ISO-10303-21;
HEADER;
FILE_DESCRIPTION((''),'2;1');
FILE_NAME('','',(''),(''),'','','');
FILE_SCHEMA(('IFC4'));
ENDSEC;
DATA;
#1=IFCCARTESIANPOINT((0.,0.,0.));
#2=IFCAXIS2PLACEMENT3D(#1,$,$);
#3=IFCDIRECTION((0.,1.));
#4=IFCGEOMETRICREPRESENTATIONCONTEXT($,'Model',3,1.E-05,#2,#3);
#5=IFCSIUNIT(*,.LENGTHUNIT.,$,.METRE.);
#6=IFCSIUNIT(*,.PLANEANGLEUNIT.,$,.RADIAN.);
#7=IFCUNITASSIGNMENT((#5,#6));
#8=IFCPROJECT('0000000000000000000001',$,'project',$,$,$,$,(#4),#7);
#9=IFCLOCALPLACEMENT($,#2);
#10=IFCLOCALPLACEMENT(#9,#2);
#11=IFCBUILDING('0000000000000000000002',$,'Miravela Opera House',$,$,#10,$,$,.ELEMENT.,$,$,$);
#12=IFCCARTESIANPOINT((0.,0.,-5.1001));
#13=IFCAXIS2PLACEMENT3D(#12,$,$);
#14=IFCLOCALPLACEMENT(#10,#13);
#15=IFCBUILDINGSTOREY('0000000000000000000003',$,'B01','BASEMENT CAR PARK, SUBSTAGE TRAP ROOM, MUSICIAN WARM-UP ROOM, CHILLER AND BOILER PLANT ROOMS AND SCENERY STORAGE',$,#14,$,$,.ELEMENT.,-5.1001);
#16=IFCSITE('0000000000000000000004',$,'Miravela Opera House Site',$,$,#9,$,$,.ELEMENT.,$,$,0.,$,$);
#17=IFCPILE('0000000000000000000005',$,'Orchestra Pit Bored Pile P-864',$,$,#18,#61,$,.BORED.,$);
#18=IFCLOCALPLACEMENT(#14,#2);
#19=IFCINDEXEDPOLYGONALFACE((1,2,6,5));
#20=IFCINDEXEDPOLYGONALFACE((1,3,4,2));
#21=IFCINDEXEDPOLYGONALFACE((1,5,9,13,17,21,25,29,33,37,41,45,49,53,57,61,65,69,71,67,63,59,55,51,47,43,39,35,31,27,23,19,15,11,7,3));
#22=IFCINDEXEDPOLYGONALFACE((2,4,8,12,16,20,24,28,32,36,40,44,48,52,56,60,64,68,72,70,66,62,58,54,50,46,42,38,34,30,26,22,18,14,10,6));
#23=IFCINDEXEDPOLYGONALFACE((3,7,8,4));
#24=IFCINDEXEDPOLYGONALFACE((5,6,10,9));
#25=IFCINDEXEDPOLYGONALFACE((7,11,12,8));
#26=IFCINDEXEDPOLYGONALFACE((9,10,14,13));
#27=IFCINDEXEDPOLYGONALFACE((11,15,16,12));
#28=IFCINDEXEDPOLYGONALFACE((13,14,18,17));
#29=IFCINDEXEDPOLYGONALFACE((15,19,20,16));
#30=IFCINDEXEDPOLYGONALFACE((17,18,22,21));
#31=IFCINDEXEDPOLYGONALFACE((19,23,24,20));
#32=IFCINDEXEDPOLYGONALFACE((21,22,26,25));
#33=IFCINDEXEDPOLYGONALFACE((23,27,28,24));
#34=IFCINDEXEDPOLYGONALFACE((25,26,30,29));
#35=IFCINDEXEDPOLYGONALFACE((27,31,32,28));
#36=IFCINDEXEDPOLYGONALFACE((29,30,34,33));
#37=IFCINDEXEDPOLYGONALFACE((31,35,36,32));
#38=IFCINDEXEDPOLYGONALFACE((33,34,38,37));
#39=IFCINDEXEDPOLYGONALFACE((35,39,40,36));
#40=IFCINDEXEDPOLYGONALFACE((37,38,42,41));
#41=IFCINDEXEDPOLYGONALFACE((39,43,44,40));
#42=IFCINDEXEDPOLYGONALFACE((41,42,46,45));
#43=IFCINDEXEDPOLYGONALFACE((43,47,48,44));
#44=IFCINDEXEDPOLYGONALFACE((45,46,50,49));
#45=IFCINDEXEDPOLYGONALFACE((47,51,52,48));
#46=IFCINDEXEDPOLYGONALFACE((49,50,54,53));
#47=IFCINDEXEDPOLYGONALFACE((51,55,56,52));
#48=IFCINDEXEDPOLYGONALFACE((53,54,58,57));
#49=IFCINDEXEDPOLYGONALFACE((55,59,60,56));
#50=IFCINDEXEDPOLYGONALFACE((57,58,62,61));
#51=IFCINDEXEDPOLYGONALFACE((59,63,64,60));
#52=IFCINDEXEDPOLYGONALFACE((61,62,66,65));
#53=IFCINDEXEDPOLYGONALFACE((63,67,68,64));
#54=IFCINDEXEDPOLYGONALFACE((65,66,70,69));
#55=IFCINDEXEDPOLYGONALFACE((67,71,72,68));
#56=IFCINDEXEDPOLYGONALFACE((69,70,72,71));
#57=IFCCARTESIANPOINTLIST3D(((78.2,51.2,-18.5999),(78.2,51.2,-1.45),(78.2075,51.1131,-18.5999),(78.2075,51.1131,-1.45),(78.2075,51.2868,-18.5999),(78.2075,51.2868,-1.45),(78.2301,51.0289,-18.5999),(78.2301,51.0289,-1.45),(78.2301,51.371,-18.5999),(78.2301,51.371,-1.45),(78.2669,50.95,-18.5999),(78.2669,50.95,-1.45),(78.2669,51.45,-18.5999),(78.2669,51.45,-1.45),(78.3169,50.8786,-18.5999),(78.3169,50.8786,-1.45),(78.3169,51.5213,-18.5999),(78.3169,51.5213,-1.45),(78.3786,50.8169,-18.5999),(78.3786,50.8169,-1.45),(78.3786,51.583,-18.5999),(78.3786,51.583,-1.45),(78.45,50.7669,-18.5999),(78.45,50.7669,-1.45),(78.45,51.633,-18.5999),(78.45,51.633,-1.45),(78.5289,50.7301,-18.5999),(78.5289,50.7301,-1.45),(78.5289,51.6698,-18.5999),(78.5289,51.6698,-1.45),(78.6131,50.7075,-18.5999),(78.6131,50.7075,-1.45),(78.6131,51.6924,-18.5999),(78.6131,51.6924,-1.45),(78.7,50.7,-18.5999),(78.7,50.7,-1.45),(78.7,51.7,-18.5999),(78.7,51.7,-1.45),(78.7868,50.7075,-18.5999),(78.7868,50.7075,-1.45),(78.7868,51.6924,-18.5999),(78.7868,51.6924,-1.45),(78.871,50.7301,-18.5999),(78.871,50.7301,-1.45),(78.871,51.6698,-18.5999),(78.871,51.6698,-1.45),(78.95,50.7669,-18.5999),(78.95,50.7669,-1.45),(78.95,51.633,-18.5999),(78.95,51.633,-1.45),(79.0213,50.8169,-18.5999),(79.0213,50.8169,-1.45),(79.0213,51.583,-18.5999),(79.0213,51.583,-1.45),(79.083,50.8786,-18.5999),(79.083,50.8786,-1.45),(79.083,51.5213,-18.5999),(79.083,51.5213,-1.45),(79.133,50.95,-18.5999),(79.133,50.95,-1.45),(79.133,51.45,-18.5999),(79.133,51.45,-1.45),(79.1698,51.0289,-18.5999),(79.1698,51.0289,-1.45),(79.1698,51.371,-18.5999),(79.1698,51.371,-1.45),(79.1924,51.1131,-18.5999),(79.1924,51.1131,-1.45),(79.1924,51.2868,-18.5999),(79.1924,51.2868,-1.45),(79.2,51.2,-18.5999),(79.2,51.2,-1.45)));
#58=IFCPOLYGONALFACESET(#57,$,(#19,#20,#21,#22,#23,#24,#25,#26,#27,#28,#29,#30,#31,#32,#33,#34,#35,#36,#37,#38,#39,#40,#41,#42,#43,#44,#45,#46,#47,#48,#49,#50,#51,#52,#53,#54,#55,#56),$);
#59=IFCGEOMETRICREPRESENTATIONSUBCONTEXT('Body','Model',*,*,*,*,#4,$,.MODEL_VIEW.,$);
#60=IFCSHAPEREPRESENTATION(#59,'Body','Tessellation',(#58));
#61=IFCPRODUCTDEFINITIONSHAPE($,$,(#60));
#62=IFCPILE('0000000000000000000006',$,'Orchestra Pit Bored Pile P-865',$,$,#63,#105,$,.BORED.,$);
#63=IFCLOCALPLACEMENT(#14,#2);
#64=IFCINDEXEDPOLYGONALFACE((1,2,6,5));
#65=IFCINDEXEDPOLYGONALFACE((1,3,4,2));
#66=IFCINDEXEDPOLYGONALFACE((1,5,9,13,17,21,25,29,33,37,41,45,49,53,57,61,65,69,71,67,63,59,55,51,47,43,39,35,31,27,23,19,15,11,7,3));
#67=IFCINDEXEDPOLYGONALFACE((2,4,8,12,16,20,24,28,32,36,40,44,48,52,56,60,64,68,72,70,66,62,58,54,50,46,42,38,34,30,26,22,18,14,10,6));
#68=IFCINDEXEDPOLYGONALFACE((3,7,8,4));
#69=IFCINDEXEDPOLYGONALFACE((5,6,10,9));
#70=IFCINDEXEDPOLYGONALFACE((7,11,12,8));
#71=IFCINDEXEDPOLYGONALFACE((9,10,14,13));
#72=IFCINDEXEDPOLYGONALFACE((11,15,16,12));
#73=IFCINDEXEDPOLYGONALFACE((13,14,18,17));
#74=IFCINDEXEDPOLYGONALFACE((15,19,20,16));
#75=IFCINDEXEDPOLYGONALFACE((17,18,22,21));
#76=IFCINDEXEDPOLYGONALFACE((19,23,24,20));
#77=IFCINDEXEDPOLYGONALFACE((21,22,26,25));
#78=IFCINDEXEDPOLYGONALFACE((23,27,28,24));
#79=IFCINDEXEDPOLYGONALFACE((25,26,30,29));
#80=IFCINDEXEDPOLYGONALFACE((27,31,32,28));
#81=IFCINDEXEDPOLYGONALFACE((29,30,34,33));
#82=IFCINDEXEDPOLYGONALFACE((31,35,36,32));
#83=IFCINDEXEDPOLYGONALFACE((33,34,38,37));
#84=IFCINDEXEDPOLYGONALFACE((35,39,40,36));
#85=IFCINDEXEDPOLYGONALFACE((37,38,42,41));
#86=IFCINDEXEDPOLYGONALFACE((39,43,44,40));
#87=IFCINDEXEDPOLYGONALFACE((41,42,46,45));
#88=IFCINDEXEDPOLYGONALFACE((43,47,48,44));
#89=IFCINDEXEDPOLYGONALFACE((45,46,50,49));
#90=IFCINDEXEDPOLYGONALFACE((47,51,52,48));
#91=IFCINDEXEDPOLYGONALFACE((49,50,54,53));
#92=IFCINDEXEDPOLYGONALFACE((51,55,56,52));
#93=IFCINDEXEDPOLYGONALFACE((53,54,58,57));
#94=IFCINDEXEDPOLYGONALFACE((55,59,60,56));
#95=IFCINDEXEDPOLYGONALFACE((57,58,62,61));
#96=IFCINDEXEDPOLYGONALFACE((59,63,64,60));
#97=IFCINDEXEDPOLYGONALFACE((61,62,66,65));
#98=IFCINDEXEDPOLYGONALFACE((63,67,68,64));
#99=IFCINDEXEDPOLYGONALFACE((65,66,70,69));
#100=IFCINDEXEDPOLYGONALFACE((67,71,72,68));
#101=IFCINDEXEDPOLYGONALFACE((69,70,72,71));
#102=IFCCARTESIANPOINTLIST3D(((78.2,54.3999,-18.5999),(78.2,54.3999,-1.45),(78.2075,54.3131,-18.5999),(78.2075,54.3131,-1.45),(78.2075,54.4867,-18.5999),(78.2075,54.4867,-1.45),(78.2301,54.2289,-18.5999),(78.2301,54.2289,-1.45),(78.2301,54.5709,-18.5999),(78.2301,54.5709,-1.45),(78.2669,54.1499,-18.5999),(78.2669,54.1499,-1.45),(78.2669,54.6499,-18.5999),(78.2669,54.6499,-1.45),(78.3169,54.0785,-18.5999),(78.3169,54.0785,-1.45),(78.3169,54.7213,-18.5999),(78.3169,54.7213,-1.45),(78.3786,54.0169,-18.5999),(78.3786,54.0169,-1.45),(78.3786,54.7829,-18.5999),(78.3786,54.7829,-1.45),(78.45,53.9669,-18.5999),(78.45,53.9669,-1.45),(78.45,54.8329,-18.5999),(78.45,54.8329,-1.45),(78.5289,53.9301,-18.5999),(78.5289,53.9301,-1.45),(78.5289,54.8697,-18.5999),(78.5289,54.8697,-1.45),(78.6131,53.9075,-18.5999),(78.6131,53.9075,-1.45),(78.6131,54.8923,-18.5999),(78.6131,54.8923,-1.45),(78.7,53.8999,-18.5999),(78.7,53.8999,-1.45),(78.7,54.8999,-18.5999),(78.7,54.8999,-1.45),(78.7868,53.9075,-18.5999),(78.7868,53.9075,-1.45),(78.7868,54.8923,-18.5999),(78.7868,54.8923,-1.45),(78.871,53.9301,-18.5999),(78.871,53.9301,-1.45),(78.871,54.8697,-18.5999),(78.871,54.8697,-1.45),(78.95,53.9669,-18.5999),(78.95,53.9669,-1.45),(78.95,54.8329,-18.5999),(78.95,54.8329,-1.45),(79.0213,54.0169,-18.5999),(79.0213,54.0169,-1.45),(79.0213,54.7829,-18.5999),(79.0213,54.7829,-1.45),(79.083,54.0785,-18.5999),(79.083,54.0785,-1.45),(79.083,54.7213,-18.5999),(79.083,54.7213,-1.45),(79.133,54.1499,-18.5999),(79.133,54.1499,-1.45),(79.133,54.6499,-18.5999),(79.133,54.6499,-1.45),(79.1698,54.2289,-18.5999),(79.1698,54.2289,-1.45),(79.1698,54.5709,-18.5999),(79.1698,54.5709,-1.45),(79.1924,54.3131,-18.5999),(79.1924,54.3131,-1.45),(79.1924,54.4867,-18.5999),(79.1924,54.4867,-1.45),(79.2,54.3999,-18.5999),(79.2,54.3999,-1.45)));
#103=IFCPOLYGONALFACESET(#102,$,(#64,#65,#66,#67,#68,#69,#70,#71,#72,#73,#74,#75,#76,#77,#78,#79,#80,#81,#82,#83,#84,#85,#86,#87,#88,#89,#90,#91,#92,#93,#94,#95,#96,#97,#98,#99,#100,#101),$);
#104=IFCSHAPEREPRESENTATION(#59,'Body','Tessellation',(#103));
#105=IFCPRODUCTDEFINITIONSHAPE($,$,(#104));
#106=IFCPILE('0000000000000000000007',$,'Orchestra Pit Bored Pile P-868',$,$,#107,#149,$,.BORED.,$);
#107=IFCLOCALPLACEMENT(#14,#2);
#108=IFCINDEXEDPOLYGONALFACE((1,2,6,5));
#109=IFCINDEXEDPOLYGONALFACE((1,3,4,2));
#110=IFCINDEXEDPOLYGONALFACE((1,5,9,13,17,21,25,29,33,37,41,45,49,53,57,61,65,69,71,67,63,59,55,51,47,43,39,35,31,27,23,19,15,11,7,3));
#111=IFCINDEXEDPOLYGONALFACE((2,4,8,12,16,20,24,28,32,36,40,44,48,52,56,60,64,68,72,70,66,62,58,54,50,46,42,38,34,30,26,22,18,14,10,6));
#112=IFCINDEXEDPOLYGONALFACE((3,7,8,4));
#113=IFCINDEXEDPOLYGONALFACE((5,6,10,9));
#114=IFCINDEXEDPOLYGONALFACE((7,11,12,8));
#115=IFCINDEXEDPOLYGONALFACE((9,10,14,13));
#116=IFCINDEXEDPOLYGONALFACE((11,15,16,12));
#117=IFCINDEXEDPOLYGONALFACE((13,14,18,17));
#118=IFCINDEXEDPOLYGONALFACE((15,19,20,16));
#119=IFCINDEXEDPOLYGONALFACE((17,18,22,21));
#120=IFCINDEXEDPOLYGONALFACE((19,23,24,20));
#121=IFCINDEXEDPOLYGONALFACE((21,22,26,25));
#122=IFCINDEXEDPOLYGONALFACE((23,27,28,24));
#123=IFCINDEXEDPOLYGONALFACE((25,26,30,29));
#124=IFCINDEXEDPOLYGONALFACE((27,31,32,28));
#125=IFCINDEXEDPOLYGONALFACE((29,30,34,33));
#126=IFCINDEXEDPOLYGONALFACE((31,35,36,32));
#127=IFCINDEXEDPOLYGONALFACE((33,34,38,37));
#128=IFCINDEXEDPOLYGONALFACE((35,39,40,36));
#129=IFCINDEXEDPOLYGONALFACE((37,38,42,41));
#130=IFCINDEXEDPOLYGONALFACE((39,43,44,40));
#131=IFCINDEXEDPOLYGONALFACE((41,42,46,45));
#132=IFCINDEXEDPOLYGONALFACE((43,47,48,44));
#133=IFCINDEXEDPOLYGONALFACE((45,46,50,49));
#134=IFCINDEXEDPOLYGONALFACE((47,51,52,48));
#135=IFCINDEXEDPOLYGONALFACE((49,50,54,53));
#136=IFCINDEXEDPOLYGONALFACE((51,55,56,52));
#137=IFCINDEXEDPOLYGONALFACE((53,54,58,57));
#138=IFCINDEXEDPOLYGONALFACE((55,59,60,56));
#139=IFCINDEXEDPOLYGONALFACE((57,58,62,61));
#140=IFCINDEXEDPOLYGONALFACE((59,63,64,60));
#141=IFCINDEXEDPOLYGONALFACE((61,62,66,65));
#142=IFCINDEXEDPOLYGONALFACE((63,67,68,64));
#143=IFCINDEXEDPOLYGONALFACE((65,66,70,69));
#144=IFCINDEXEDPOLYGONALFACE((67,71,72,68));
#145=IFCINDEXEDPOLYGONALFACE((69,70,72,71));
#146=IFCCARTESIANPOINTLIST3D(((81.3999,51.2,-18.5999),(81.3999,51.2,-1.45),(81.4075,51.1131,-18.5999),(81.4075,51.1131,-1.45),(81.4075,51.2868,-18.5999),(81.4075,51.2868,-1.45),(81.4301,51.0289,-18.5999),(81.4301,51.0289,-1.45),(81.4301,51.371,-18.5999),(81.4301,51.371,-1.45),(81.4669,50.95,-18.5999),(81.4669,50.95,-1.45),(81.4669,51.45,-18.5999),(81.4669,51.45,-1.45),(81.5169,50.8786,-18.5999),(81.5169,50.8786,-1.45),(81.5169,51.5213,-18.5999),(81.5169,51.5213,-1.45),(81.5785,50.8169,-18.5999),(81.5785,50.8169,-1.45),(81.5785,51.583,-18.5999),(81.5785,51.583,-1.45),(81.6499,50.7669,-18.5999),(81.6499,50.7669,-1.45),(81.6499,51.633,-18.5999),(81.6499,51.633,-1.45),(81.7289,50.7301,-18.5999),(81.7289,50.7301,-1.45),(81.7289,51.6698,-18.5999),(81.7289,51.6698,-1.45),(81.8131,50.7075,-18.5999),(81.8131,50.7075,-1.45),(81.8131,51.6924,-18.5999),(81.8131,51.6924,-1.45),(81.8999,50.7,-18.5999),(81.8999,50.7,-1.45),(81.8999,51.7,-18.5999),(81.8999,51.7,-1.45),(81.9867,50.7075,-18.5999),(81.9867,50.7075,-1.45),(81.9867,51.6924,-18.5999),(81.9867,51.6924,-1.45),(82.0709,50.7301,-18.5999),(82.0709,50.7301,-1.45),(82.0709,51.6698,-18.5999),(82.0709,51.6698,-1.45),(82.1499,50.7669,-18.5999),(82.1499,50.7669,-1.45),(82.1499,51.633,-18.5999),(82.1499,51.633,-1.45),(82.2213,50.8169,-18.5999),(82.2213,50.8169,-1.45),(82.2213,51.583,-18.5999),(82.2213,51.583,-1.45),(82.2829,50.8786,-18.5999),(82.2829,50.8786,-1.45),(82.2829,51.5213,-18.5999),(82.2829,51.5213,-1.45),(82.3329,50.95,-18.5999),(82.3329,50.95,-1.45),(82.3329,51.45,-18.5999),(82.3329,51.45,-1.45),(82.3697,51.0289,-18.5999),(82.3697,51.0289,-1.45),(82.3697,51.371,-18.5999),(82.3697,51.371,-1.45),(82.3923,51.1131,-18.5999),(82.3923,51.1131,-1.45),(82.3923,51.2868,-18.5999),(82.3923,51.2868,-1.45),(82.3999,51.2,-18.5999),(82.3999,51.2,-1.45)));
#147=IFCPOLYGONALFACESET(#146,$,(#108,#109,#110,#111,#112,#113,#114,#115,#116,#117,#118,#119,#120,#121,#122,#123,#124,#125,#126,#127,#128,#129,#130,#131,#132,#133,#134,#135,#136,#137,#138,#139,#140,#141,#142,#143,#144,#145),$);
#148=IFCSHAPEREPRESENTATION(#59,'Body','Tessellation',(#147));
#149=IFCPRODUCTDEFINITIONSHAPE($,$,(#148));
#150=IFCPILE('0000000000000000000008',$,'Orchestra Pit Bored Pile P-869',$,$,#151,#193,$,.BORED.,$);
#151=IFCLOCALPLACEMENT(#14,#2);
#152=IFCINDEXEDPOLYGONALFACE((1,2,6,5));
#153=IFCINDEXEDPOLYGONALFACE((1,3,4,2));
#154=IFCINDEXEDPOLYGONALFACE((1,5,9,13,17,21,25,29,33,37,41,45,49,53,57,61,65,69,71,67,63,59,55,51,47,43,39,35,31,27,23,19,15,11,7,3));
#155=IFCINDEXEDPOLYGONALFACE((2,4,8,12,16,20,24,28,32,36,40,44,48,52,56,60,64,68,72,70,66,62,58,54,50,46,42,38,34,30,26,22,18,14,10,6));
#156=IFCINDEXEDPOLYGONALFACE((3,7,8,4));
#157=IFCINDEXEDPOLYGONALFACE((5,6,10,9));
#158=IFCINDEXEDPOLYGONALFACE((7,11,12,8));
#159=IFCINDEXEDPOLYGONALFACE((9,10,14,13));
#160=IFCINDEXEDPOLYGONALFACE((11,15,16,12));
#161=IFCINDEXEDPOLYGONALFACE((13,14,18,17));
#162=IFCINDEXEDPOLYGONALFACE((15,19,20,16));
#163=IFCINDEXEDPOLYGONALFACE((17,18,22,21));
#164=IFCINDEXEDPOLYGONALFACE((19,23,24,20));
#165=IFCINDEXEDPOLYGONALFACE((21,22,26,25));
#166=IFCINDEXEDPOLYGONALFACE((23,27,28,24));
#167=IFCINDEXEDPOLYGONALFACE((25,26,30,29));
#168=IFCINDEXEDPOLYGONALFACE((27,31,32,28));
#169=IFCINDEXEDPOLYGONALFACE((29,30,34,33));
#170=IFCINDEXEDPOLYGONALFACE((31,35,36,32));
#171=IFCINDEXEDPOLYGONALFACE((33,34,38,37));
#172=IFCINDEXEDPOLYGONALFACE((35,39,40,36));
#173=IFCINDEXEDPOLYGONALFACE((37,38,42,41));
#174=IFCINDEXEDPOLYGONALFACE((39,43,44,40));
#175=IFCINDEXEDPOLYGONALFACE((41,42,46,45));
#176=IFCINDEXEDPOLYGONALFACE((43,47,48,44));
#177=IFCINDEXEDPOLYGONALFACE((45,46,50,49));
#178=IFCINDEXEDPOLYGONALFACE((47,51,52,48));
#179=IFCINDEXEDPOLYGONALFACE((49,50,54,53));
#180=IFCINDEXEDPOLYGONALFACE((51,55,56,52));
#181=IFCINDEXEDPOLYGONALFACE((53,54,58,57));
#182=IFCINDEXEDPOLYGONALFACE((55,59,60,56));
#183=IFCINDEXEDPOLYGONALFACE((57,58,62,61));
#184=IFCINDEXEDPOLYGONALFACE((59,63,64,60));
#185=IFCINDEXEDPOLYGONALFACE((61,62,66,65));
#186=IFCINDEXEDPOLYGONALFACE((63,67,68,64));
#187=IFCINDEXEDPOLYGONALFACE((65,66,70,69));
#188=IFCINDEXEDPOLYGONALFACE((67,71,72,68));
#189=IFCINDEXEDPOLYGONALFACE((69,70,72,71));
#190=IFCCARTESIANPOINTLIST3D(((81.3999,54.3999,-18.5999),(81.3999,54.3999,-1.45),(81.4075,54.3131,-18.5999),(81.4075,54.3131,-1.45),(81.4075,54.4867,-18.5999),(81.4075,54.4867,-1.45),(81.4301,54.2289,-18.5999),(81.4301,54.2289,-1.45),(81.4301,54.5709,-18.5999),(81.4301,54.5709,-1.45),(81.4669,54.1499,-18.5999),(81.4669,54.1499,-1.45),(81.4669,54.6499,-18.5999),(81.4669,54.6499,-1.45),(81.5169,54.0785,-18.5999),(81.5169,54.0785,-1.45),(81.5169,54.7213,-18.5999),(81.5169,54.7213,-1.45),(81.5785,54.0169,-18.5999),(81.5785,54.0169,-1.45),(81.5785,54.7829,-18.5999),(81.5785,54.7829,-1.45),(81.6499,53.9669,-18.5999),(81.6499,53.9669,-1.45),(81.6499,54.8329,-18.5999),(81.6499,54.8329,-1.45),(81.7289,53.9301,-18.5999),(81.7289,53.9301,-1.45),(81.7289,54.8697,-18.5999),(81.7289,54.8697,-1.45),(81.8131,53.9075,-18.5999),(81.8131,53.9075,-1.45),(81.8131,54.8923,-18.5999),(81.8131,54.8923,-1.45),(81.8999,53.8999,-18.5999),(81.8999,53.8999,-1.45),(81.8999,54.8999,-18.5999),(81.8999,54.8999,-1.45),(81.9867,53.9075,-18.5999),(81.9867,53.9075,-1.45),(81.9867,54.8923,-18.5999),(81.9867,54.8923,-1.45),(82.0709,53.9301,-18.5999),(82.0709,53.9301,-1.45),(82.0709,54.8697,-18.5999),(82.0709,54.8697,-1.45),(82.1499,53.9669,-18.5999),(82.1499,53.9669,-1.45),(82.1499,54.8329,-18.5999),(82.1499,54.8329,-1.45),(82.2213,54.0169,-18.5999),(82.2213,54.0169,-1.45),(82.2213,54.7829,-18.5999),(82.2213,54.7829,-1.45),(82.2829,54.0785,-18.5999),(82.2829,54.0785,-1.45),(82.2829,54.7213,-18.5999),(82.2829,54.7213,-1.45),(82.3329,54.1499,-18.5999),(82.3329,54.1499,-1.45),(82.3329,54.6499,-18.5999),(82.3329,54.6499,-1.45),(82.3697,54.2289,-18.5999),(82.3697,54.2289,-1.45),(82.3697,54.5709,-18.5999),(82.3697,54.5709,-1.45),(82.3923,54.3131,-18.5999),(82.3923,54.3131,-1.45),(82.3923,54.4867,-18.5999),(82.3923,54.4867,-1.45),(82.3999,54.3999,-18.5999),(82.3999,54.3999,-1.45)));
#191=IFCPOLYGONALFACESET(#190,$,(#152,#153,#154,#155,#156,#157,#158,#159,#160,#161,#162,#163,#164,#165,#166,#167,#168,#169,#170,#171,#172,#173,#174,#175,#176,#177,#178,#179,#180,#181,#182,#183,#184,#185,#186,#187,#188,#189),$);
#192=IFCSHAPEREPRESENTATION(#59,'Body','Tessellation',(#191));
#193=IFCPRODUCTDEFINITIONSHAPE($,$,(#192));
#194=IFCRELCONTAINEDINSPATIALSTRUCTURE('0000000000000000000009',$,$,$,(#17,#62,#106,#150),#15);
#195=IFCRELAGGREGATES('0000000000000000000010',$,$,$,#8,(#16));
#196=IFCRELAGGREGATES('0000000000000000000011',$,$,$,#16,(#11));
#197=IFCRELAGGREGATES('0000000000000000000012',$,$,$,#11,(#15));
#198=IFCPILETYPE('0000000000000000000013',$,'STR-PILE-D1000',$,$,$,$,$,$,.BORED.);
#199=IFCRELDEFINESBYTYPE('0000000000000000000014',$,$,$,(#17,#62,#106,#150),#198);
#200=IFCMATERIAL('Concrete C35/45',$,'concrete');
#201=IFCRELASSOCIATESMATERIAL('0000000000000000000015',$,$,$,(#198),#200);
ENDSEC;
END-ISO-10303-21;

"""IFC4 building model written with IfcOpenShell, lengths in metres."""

from ifc_helpers import new_model, si_unit, direction, frame, origin, origin_2d, place, context, subcontext, project, spatial, circle, extrude, material, material_profile, profile_set, type_object, element, save


model = new_model("IFC4")

# Units and contexts
model_context = context("Model", 3, precision=1e-05, world=origin(), true_north=direction((0.0, 1.0)))
body_context = subcontext(model_context, "Body", "Model", "MODEL_VIEW")
ifc_project = project(units=[si_unit("LENGTHUNIT", "METRE"), si_unit("PLANEANGLEUNIT", "RADIAN")], contexts=[model_context])

# Site, building, storey
site_placement = place(None, origin())
site = spatial("IfcSite", under=ifc_project, at=site_placement, Name="Miravela Opera House Site", CompositionType="ELEMENT", RefElevation=0.0)
building_placement = place(site_placement, origin())
building = spatial("IfcBuilding", under=site, at=building_placement, Name="Miravela Opera House", CompositionType="ELEMENT")
storey_placement = place(building_placement, frame((0.0, 0.0, -5.1001)))
storey = spatial("IfcBuildingStorey", under=building, at=storey_placement, Name="B01", Description="BASEMENT CAR PARK, SUBSTAGE TRAP ROOM, MUSICIAN WARM-UP ROOM, CHILLER AND BOILER PLANT ROOMS AND SCENERY STORAGE", CompositionType="ELEMENT", Elevation=-5.1001)

# Shared definitions
ifc_material_1 = material(Name="Concrete C35/45", Category="concrete")

# Piles
ifc_material_profile_1 = material_profile(ifc_material_1, circle(Radius=0.5, at=origin_2d()), Name="PILE-D1000")
ifc_profile_set_1 = profile_set([ifc_material_profile_1])
pile_type_1 = type_object("IfcPileType", Name="STR-PILE-D1000", PredefinedType="BORED", material=ifc_profile_set_1)
for number, where, z_axis, x_axis, name in (
    (1, (78.7, 51.2, -1.45), (0.0, 0.0, -1.0), (1.0, 0.0, 0.0), "Orchestra Pit Bored Pile P-864"),
    (2, (78.7, 54.3999, -1.45), (0.0, 0.0, -1.0), (1.0, 0.0, 0.0), "Orchestra Pit Bored Pile P-865"),
    (3, (81.8999, 51.2, -1.45), (0.0, 0.0, -1.0), (1.0, 0.0, 0.0), "Orchestra Pit Bored Pile P-868"),
    (4, (81.8999, 54.3999, -1.45), (0.0, 0.0, -1.0), (1.0, 0.0, 0.0), "Orchestra Pit Bored Pile P-869"),
):
    element("IfcPile", number, at=place(storey_placement, frame(where, z_axis=z_axis, x_axis=x_axis)), inside=storey, type_object=pile_type_1, Name=name, PredefinedType="BORED", context=body_context, shape_type="SweptSolid", body=[
        extrude(circle(Radius=0.5, at=origin_2d()), origin(), (0.0, 0.0, 1.0), 17.1499),
    ])

save(model, "model.ifc")
